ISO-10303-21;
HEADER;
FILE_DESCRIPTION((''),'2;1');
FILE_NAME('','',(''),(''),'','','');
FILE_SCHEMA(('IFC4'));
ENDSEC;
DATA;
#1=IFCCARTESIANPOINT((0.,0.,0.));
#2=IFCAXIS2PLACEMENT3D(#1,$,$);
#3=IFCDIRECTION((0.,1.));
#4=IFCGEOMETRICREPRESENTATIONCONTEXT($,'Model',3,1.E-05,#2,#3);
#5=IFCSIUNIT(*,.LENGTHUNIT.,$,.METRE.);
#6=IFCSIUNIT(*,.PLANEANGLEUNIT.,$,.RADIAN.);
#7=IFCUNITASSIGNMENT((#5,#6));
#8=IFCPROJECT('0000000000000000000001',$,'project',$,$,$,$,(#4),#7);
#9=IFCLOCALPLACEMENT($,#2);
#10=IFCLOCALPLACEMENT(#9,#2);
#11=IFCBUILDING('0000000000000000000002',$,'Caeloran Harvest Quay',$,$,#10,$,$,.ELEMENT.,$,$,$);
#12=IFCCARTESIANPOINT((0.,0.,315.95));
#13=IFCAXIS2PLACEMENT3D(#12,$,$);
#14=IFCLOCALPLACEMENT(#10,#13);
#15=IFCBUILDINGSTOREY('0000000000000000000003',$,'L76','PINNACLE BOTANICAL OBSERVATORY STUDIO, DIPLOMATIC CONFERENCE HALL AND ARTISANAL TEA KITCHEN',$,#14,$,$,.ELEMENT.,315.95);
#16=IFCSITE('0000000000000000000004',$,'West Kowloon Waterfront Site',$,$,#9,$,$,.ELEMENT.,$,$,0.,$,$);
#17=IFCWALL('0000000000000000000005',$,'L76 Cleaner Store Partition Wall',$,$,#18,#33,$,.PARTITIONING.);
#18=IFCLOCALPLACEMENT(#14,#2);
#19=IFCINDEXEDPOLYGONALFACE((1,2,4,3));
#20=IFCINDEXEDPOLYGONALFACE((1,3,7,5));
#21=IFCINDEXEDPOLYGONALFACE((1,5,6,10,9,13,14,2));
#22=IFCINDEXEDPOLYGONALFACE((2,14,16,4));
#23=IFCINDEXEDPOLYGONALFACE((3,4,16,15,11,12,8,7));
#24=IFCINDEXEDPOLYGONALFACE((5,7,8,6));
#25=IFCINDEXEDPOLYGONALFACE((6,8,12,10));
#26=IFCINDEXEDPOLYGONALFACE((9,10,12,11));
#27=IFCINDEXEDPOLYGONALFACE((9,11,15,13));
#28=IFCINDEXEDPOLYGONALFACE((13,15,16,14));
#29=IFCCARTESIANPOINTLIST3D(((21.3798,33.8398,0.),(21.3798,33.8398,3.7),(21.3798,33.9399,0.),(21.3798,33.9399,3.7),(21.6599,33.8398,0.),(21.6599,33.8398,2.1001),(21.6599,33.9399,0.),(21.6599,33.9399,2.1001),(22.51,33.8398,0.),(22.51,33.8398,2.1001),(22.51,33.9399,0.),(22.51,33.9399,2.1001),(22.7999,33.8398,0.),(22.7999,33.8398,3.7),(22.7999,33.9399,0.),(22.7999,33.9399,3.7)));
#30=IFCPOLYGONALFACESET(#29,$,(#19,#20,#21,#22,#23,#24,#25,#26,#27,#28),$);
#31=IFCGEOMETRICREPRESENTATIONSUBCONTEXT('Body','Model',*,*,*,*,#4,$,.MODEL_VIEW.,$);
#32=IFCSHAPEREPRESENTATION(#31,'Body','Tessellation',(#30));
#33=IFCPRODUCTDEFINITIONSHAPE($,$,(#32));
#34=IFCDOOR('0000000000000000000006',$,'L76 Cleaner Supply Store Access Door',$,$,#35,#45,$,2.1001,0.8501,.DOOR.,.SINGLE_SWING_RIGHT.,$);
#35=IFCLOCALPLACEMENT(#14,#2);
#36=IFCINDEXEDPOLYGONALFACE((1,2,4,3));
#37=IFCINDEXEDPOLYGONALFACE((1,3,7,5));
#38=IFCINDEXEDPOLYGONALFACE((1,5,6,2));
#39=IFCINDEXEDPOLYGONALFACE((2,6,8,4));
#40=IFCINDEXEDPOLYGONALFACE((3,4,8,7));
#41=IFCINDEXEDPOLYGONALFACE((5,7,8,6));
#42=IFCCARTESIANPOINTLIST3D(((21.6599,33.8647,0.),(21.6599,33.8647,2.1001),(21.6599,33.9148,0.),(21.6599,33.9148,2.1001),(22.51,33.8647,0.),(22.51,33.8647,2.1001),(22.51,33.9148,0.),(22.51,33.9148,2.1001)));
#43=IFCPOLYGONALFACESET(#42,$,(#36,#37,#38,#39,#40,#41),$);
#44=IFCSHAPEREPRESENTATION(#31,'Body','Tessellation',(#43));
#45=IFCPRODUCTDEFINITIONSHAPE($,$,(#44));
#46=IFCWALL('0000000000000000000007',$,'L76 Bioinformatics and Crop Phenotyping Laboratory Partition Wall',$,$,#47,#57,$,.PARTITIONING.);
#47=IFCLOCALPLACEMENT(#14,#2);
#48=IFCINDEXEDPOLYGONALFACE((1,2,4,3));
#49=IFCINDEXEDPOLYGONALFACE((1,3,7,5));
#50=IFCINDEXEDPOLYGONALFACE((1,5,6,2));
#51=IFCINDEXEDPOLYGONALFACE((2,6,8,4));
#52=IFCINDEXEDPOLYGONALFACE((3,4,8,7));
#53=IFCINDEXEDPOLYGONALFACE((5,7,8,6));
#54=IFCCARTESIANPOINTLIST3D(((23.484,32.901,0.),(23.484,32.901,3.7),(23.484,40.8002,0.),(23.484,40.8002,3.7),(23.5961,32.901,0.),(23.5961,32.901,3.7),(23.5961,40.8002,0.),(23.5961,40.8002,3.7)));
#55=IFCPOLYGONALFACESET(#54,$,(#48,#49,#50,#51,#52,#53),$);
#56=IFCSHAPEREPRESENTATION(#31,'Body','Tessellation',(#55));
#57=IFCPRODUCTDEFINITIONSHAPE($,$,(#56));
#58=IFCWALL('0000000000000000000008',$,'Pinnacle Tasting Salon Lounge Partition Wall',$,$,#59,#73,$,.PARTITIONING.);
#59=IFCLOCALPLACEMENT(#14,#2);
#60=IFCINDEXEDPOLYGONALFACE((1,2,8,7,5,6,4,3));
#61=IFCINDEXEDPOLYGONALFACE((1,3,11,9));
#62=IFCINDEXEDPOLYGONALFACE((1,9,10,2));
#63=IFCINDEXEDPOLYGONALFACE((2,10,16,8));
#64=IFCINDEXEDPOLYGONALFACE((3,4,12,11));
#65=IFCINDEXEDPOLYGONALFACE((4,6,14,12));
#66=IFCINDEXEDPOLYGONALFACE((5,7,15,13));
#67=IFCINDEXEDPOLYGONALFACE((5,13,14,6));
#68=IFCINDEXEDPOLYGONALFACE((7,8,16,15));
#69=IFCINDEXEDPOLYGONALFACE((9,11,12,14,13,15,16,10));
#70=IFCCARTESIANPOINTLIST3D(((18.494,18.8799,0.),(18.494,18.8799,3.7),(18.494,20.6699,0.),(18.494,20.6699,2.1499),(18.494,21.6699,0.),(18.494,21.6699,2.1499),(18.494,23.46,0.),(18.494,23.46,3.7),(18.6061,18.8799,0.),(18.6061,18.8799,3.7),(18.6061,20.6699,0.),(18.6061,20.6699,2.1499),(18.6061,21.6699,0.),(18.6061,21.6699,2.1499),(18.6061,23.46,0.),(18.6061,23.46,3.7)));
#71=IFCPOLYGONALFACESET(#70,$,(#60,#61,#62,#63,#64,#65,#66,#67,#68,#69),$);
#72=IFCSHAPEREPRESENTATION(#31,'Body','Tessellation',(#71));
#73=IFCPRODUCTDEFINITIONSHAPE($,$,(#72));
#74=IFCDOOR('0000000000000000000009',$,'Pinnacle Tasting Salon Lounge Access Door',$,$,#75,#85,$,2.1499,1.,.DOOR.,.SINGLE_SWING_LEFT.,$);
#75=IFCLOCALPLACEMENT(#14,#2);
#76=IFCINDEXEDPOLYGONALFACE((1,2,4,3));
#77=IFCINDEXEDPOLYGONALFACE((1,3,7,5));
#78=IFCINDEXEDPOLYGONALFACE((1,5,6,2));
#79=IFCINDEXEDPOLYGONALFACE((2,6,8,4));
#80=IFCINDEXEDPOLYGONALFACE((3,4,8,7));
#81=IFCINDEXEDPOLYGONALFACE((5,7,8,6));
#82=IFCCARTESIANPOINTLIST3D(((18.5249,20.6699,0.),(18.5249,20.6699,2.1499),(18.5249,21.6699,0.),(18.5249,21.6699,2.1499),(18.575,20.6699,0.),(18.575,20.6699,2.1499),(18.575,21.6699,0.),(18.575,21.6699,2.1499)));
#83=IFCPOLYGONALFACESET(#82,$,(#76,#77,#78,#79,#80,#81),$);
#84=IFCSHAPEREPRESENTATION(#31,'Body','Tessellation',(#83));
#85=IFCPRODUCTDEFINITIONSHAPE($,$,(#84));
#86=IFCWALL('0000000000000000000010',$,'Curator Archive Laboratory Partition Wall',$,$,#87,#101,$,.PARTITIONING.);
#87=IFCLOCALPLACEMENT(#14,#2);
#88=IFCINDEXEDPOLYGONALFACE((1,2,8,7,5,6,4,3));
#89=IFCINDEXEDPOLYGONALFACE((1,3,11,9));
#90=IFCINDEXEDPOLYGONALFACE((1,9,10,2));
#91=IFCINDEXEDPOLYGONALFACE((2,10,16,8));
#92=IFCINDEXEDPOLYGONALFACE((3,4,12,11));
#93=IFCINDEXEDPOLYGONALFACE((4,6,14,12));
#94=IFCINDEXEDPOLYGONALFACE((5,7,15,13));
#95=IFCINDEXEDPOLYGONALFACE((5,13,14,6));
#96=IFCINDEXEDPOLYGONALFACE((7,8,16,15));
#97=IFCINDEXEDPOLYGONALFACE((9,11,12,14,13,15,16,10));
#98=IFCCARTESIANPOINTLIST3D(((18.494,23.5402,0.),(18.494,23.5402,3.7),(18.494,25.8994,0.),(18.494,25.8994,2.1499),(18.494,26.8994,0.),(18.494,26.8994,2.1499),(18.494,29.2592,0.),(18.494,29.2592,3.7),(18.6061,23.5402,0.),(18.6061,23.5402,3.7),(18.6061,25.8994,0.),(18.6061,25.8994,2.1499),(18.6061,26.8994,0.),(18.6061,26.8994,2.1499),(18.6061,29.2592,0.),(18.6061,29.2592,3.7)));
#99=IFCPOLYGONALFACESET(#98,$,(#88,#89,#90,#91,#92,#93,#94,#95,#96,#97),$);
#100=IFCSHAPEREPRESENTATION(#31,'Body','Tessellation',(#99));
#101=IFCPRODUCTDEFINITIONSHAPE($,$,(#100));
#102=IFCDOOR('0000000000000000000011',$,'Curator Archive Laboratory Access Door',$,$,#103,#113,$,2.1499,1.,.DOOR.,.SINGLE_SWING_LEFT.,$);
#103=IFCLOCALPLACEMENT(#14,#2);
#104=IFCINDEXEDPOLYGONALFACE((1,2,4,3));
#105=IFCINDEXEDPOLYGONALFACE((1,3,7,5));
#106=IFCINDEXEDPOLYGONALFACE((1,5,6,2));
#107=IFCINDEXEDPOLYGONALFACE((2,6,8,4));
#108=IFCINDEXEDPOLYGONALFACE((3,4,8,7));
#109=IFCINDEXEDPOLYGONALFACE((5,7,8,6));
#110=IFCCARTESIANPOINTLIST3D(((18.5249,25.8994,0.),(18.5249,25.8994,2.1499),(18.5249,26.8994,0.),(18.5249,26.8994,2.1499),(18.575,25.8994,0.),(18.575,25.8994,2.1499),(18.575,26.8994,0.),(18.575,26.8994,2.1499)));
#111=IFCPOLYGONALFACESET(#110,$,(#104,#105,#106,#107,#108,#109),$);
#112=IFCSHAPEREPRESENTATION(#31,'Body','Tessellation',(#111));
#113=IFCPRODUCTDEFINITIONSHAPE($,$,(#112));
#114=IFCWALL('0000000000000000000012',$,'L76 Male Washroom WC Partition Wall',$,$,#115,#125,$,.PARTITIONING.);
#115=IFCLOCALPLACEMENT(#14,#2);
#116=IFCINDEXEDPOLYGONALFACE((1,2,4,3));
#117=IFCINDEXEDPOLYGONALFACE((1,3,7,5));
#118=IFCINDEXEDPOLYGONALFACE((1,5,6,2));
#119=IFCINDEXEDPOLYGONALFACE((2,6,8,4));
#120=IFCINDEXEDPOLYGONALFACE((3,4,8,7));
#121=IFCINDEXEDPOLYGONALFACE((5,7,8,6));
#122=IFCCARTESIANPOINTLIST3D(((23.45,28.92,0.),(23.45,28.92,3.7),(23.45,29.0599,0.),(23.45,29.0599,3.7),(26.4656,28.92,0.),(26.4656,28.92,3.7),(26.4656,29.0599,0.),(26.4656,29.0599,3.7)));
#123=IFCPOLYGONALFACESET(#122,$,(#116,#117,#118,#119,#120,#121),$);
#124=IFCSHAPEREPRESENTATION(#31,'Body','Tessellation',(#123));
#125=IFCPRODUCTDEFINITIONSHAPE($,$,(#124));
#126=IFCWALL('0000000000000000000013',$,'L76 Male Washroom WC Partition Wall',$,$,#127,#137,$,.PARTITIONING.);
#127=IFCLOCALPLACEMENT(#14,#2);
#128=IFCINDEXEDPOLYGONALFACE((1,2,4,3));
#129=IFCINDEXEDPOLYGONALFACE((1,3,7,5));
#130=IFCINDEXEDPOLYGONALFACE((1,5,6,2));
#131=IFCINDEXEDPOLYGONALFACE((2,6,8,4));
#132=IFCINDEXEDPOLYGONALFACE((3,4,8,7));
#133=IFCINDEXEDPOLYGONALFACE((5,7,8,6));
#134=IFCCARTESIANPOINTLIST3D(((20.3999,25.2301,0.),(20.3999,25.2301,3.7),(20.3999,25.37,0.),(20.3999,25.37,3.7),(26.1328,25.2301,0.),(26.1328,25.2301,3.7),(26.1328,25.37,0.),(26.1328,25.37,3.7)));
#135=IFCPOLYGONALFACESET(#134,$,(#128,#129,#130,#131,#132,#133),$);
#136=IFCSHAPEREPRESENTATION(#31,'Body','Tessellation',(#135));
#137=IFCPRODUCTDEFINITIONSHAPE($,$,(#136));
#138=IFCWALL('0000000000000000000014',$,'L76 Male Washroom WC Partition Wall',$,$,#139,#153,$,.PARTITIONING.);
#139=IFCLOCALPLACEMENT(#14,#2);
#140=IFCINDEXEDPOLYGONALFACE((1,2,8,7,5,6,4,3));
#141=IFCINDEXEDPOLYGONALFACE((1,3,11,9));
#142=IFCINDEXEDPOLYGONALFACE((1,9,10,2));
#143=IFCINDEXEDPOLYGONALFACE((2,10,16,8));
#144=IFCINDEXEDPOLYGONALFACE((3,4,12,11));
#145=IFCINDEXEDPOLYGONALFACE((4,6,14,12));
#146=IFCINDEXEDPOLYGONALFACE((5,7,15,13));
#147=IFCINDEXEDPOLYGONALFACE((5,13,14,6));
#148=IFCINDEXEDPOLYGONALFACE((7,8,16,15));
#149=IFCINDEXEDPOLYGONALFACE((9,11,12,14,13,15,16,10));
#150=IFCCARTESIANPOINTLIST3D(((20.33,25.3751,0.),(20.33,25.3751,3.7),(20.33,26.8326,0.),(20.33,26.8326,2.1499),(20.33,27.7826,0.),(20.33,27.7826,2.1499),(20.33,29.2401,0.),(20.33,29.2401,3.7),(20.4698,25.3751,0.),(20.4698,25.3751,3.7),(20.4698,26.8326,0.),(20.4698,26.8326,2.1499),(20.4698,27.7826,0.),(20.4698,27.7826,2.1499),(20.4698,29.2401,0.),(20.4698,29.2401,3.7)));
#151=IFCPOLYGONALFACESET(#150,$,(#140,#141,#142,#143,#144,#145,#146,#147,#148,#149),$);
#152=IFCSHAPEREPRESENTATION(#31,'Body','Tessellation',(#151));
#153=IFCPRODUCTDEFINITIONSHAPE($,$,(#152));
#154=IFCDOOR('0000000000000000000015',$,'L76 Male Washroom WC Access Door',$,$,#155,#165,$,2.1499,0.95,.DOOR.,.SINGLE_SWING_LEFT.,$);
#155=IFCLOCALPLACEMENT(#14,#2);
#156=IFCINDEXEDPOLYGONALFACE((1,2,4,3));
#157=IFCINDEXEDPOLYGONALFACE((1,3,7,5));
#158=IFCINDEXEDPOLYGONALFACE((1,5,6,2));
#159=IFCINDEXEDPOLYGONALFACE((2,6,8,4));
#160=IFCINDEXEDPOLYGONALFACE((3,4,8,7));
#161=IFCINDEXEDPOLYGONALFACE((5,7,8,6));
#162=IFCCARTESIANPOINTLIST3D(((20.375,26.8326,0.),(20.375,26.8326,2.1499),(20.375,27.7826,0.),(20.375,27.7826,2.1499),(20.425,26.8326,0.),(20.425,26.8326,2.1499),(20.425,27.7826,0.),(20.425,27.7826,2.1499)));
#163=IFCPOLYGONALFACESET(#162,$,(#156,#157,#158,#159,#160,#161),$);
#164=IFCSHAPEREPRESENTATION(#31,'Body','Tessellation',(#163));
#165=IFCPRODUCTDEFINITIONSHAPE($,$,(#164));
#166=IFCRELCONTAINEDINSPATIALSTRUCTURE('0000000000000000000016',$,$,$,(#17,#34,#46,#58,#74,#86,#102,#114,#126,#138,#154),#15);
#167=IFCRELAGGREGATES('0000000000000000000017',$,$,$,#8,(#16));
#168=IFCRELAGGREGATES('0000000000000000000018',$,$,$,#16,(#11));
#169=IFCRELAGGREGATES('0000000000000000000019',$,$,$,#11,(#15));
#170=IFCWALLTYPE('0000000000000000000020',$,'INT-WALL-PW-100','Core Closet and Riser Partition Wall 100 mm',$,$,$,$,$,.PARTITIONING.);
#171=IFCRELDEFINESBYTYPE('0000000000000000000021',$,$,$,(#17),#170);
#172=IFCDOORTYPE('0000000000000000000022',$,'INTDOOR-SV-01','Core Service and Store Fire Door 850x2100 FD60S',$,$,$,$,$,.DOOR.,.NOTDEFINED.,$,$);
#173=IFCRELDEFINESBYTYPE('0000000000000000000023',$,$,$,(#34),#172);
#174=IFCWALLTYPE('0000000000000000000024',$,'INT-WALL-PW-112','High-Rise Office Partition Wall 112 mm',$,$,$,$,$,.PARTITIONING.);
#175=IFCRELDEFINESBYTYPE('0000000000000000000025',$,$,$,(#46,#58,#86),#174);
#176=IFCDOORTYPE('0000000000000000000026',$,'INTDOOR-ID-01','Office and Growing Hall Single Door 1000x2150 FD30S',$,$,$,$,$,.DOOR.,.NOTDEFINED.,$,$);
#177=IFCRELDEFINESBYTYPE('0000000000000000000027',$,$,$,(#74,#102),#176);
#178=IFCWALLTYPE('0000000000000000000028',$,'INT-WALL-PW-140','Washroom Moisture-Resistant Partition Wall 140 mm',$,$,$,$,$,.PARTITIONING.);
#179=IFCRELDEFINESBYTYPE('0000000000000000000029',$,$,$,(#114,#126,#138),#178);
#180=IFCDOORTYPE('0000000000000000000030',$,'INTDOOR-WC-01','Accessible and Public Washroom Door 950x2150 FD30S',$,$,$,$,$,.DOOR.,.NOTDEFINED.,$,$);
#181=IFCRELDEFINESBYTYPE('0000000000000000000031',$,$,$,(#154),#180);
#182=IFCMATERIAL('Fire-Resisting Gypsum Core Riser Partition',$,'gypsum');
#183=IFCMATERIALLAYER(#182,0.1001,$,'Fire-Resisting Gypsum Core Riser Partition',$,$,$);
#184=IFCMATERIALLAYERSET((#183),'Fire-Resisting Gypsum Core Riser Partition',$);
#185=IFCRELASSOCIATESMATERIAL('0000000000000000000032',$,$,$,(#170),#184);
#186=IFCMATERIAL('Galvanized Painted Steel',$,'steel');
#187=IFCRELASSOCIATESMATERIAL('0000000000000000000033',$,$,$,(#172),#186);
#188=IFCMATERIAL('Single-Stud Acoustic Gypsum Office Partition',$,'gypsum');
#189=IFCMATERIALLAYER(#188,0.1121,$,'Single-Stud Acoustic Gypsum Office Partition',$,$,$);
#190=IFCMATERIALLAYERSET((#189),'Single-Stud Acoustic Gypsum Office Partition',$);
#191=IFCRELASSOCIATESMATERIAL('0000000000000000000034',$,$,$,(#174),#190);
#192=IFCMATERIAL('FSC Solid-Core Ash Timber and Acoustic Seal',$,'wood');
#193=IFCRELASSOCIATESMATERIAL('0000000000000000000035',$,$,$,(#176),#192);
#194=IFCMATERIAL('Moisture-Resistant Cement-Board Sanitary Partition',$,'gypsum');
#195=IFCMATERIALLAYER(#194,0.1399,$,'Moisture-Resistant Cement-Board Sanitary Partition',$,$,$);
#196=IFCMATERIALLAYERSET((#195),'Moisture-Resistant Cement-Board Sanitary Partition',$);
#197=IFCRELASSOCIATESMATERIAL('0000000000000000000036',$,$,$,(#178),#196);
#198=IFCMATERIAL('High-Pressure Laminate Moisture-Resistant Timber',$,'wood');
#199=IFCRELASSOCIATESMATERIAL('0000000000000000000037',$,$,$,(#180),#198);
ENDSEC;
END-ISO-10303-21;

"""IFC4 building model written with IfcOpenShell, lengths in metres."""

from ifc_helpers import new_model, si_unit, direction, frame, frame_2d, origin, place, context, subcontext, project, spatial, rectangle, extrude, material, layer, layer_set, type_object, element, fill, save


model = new_model("IFC4")

# Units and contexts
model_context = context("Model", 3, precision=1e-05, world=origin(), true_north=direction((0.0, 1.0)))
body_context = subcontext(model_context, "Body", "Model", "MODEL_VIEW")
ifc_project = project(units=[si_unit("LENGTHUNIT", "METRE"), si_unit("PLANEANGLEUNIT", "RADIAN")], contexts=[model_context])

# Site, building, storey
site_placement = place(None, origin())
site = spatial("IfcSite", under=ifc_project, at=site_placement, Name="West Kowloon Waterfront Site", CompositionType="ELEMENT", RefElevation=0.0)
building_placement = place(site_placement, origin())
building = spatial("IfcBuilding", under=site, at=building_placement, Name="Caeloran Harvest Quay", CompositionType="ELEMENT")
storey_placement = place(building_placement, frame((0.0, 0.0, 315.95)))
storey = spatial("IfcBuildingStorey", under=building, at=storey_placement, Name="L76", Description="PINNACLE BOTANICAL OBSERVATORY STUDIO, DIPLOMATIC CONFERENCE HALL AND ARTISANAL TEA KITCHEN", CompositionType="ELEMENT", Elevation=315.95)

# Wall, opening, door
ifc_material_1 = material(Name="Fire-Resisting Gypsum Core Riser Partition", Category="gypsum")
ifc_layer_1 = layer(ifc_material_1, 0.1001, Name="Fire-Resisting Gypsum Core Riser Partition")
ifc_layer_set_1 = layer_set([ifc_layer_1], Name="Fire-Resisting Gypsum Core Riser Partition")
wall_type_1 = type_object("IfcWallType", Name="INT-WALL-PW-100", Description="Core Closet and Riser Partition Wall 100 mm", PredefinedType="PARTITIONING", material=ifc_layer_set_1)
wall_1_placement = place(storey_placement, frame((21.3799, 33.8899, 0.0), z_axis=(0.0, 0.0, 1.0), x_axis=(1.0, 0.0, 0.0)))
wall_1 = element("IfcWall", 1, at=wall_1_placement, inside=storey, type_object=wall_type_1, Name="L76 Cleaner Store Partition Wall", PredefinedType="PARTITIONING", context=body_context, shape_type="SweptSolid", body=[
    extrude(rectangle(XDim=1.4202, YDim=0.1001, at=frame_2d((0.71, 0.0))), origin(), (0.0, 0.0, 1.0), 3.7),
])
opening_1_placement = place(wall_1_placement, frame((0.28, 0.0, 0.0)))
opening_1 = element("IfcOpeningElement", 2, at=opening_1_placement, cuts=wall_1, PredefinedType="OPENING", context=body_context, shape_type="SweptSolid", body=[
    extrude(rectangle(XDim=0.8501, YDim=2.1001, at=frame_2d((0.425, 1.05))), frame((0.0, 0.0601, 0.0), z_axis=(0.0, -1.0, 0.0), x_axis=(1.0, 0.0, 0.0)), (0.0, 0.0, 1.0), 0.1201),
])
ifc_material_2 = material(Name="Galvanized Painted Steel", Category="steel")
door_type_1 = type_object("IfcDoorType", Name="INTDOOR-SV-01", Description="Core Service and Store Fire Door 850x2100 FD60S", OperationType="NOTDEFINED", PredefinedType="DOOR", material=ifc_material_2)
door_1_placement = place(opening_1_placement, origin())
door_1 = element("IfcDoor", 3, at=door_1_placement, inside=storey, type_object=door_type_1, Name="L76 Cleaner Supply Store Access Door", OperationType="SINGLE_SWING_RIGHT", OverallHeight=2.1001, OverallWidth=0.8501, PredefinedType="DOOR", context=body_context, shape_type="SweptSolid", body=[
    extrude(rectangle(XDim=0.8501, YDim=2.1001, at=frame_2d((0.425, 1.05))), frame((0.0, 0.0249, 0.0), z_axis=(0.0, -1.0, 0.0), x_axis=(1.0, 0.0, 0.0)), (0.0, 0.0, 1.0), 0.05),
])
fill(opening_1, door_1)
ifc_material_3 = material(Name="Single-Stud Acoustic Gypsum Office Partition", Category="gypsum")
ifc_layer_2 = layer(ifc_material_3, 0.1121, Name="Single-Stud Acoustic Gypsum Office Partition")
ifc_layer_set_2 = layer_set([ifc_layer_2], Name="Single-Stud Acoustic Gypsum Office Partition")
wall_type_2 = type_object("IfcWallType", Name="INT-WALL-PW-112", Description="High-Rise Office Partition Wall 112 mm", PredefinedType="PARTITIONING", material=ifc_layer_set_2)
ifc_material_4 = material(Name="FSC Solid-Core Ash Timber and Acoustic Seal", Category="wood")
door_type_2 = type_object("IfcDoorType", Name="INTDOOR-ID-01", Description="Office and Growing Hall Single Door 1000x2150 FD30S", OperationType="NOTDEFINED", PredefinedType="DOOR", material=ifc_material_4)

# Wall
wall_2_placement = place(storey_placement, frame((23.54, 32.9009, 0.0), z_axis=(0.0, 0.0, 1.0), x_axis=(0.0, 1.0, 0.0)))
element("IfcWall", 4, at=wall_2_placement, inside=storey, type_object=wall_type_2, Name="L76 Bioinformatics and Crop Phenotyping Laboratory Partition Wall", PredefinedType="PARTITIONING", context=body_context, shape_type="SweptSolid", body=[
    extrude(rectangle(XDim=7.8992, YDim=0.1121, at=frame_2d((3.9497, 0.0))), origin(), (0.0, 0.0, 1.0), 3.7),
])

# Walls, openings, doors
wall_3_placement = place(storey_placement, frame((18.55, 23.46, 0.0), z_axis=(0.0, 0.0, 1.0), x_axis=(0.0, -1.0, 0.0)))
wall_3 = element("IfcWall", 5, at=wall_3_placement, inside=storey, type_object=wall_type_2, Name="Pinnacle Tasting Salon Lounge Partition Wall", PredefinedType="PARTITIONING", context=body_context, shape_type="SweptSolid", body=[
    extrude(rectangle(XDim=4.5801, YDim=0.1121, at=frame_2d((2.29, 0.0))), origin(), (0.0, 0.0, 1.0), 3.7),
])
opening_2_placement = place(wall_3_placement, frame((1.79, 0.0, 0.0)))
opening_2 = element("IfcOpeningElement", 6, at=opening_2_placement, cuts=wall_3, PredefinedType="OPENING", context=body_context, shape_type="SweptSolid", body=[
    extrude(rectangle(XDim=1.0, YDim=2.1499, at=frame_2d((0.5, 1.075))), frame((0.0, 0.0659, 0.0), z_axis=(0.0, -1.0, 0.0), x_axis=(1.0, 0.0, 0.0)), (0.0, 0.0, 1.0), 0.1321),
])
door_2_placement = place(opening_2_placement, origin())
door_2 = element("IfcDoor", 7, at=door_2_placement, inside=storey, type_object=door_type_2, Name="Pinnacle Tasting Salon Lounge Access Door", OperationType="SINGLE_SWING_LEFT", OverallHeight=2.1499, OverallWidth=1.0, PredefinedType="DOOR", context=body_context, shape_type="SweptSolid", body=[
    extrude(rectangle(XDim=1.0, YDim=2.1499, at=frame_2d((0.5, 1.075))), frame((0.0, 0.0249, 0.0), z_axis=(0.0, -1.0, 0.0), x_axis=(1.0, 0.0, 0.0)), (0.0, 0.0, 1.0), 0.05),
])
fill(opening_2, door_2)
wall_4_placement = place(storey_placement, frame((18.55, 29.259, 0.0), z_axis=(0.0, 0.0, 1.0), x_axis=(0.0, -1.0, 0.0)))
wall_4 = element("IfcWall", 8, at=wall_4_placement, inside=storey, type_object=wall_type_2, Name="Curator Archive Laboratory Partition Wall", PredefinedType="PARTITIONING", context=body_context, shape_type="SweptSolid", body=[
    extrude(rectangle(XDim=5.719, YDim=0.1121, at=frame_2d((2.8594, 0.0))), origin(), (0.0, 0.0, 1.0), 3.7),
])
opening_3_placement = place(wall_4_placement, frame((2.3596, 0.0, 0.0)))
opening_3 = element("IfcOpeningElement", 9, at=opening_3_placement, cuts=wall_4, PredefinedType="OPENING", context=body_context, shape_type="SweptSolid", body=[
    extrude(rectangle(XDim=1.0, YDim=2.1499, at=frame_2d((0.5, 1.075))), frame((0.0, 0.0659, 0.0), z_axis=(0.0, -1.0, 0.0), x_axis=(1.0, 0.0, 0.0)), (0.0, 0.0, 1.0), 0.1321),
])
door_3_placement = place(opening_3_placement, origin())
door_3 = element("IfcDoor", 10, at=door_3_placement, inside=storey, type_object=door_type_2, Name="Curator Archive Laboratory Access Door", OperationType="SINGLE_SWING_LEFT", OverallHeight=2.1499, OverallWidth=1.0, PredefinedType="DOOR", context=body_context, shape_type="SweptSolid", body=[
    extrude(rectangle(XDim=1.0, YDim=2.1499, at=frame_2d((0.5, 1.075))), frame((0.0, 0.0249, 0.0), z_axis=(0.0, -1.0, 0.0), x_axis=(1.0, 0.0, 0.0)), (0.0, 0.0, 1.0), 0.05),
])
fill(opening_3, door_3)

# Walls
ifc_material_5 = material(Name="Moisture-Resistant Cement-Board Sanitary Partition", Category="gypsum")
ifc_layer_3 = layer(ifc_material_5, 0.1399, Name="Moisture-Resistant Cement-Board Sanitary Partition")
ifc_layer_set_3 = layer_set([ifc_layer_3], Name="Moisture-Resistant Cement-Board Sanitary Partition")
wall_type_3 = type_object("IfcWallType", Name="INT-WALL-PW-140", Description="Washroom Moisture-Resistant Partition Wall 140 mm", PredefinedType="PARTITIONING", material=ifc_layer_set_3)
wall_5_placement = place(storey_placement, frame((23.45, 28.99, 0.0), z_axis=(0.0, 0.0, 1.0), x_axis=(1.0, 0.0, 0.0)))
element("IfcWall", 11, at=wall_5_placement, inside=storey, type_object=wall_type_3, Name="L76 Male Washroom WC Partition Wall", PredefinedType="PARTITIONING", context=body_context, shape_type="SweptSolid", body=[
    extrude(rectangle(XDim=3.0156, YDim=0.1399, at=frame_2d((1.5078, 0.0))), origin(), (0.0, 0.0, 1.0), 3.7),
])
wall_6_placement = place(storey_placement, frame((26.1328, 25.3, 0.0), z_axis=(0.0, 0.0, 1.0), x_axis=(-1.0, 0.0, 0.0)))
element("IfcWall", 12, at=wall_6_placement, inside=storey, type_object=wall_type_3, Name="L76 Male Washroom WC Partition Wall", PredefinedType="PARTITIONING", context=body_context, shape_type="SweptSolid", body=[
    extrude(rectangle(XDim=5.7329, YDim=0.1399, at=frame_2d((2.8665, 0.0))), origin(), (0.0, 0.0, 1.0), 3.7),
])

# Wall, opening, door
wall_7_placement = place(storey_placement, frame((20.3999, 25.375, 0.0), z_axis=(0.0, 0.0, 1.0), x_axis=(0.0, 1.0, 0.0)))
wall_7 = element("IfcWall", 13, at=wall_7_placement, inside=storey, type_object=wall_type_3, Name="L76 Male Washroom WC Partition Wall", PredefinedType="PARTITIONING", context=body_context, shape_type="SweptSolid", body=[
    extrude(rectangle(XDim=3.865, YDim=0.1399, at=frame_2d((1.9326, 0.0))), origin(), (0.0, 0.0, 1.0), 3.7),
])
opening_4_placement = place(wall_7_placement, frame((1.4575, 0.0, 0.0)))
opening_4 = element("IfcOpeningElement", 14, at=opening_4_placement, cuts=wall_7, PredefinedType="OPENING", context=body_context, shape_type="SweptSolid", body=[
    extrude(rectangle(XDim=0.95, YDim=2.1499, at=frame_2d((0.4751, 1.075))), frame((0.0, 0.0801, 0.0), z_axis=(0.0, -1.0, 0.0), x_axis=(1.0, 0.0, 0.0)), (0.0, 0.0, 1.0), 0.1599),
])
ifc_material_6 = material(Name="High-Pressure Laminate Moisture-Resistant Timber", Category="wood")
door_type_3 = type_object("IfcDoorType", Name="INTDOOR-WC-01", Description="Accessible and Public Washroom Door 950x2150 FD30S", OperationType="NOTDEFINED", PredefinedType="DOOR", material=ifc_material_6)
door_4_placement = place(opening_4_placement, origin())
door_4 = element("IfcDoor", 15, at=door_4_placement, inside=storey, type_object=door_type_3, Name="L76 Male Washroom WC Access Door", OperationType="SINGLE_SWING_LEFT", OverallHeight=2.1499, OverallWidth=0.95, PredefinedType="DOOR", context=body_context, shape_type="SweptSolid", body=[
    extrude(rectangle(XDim=0.95, YDim=2.1499, at=frame_2d((0.4751, 1.075))), frame((0.0, 0.0249, 0.0), z_axis=(0.0, -1.0, 0.0), x_axis=(1.0, 0.0, 0.0)), (0.0, 0.0, 1.0), 0.05),
])
fill(opening_4, door_4)

save(model, "model.ifc")
